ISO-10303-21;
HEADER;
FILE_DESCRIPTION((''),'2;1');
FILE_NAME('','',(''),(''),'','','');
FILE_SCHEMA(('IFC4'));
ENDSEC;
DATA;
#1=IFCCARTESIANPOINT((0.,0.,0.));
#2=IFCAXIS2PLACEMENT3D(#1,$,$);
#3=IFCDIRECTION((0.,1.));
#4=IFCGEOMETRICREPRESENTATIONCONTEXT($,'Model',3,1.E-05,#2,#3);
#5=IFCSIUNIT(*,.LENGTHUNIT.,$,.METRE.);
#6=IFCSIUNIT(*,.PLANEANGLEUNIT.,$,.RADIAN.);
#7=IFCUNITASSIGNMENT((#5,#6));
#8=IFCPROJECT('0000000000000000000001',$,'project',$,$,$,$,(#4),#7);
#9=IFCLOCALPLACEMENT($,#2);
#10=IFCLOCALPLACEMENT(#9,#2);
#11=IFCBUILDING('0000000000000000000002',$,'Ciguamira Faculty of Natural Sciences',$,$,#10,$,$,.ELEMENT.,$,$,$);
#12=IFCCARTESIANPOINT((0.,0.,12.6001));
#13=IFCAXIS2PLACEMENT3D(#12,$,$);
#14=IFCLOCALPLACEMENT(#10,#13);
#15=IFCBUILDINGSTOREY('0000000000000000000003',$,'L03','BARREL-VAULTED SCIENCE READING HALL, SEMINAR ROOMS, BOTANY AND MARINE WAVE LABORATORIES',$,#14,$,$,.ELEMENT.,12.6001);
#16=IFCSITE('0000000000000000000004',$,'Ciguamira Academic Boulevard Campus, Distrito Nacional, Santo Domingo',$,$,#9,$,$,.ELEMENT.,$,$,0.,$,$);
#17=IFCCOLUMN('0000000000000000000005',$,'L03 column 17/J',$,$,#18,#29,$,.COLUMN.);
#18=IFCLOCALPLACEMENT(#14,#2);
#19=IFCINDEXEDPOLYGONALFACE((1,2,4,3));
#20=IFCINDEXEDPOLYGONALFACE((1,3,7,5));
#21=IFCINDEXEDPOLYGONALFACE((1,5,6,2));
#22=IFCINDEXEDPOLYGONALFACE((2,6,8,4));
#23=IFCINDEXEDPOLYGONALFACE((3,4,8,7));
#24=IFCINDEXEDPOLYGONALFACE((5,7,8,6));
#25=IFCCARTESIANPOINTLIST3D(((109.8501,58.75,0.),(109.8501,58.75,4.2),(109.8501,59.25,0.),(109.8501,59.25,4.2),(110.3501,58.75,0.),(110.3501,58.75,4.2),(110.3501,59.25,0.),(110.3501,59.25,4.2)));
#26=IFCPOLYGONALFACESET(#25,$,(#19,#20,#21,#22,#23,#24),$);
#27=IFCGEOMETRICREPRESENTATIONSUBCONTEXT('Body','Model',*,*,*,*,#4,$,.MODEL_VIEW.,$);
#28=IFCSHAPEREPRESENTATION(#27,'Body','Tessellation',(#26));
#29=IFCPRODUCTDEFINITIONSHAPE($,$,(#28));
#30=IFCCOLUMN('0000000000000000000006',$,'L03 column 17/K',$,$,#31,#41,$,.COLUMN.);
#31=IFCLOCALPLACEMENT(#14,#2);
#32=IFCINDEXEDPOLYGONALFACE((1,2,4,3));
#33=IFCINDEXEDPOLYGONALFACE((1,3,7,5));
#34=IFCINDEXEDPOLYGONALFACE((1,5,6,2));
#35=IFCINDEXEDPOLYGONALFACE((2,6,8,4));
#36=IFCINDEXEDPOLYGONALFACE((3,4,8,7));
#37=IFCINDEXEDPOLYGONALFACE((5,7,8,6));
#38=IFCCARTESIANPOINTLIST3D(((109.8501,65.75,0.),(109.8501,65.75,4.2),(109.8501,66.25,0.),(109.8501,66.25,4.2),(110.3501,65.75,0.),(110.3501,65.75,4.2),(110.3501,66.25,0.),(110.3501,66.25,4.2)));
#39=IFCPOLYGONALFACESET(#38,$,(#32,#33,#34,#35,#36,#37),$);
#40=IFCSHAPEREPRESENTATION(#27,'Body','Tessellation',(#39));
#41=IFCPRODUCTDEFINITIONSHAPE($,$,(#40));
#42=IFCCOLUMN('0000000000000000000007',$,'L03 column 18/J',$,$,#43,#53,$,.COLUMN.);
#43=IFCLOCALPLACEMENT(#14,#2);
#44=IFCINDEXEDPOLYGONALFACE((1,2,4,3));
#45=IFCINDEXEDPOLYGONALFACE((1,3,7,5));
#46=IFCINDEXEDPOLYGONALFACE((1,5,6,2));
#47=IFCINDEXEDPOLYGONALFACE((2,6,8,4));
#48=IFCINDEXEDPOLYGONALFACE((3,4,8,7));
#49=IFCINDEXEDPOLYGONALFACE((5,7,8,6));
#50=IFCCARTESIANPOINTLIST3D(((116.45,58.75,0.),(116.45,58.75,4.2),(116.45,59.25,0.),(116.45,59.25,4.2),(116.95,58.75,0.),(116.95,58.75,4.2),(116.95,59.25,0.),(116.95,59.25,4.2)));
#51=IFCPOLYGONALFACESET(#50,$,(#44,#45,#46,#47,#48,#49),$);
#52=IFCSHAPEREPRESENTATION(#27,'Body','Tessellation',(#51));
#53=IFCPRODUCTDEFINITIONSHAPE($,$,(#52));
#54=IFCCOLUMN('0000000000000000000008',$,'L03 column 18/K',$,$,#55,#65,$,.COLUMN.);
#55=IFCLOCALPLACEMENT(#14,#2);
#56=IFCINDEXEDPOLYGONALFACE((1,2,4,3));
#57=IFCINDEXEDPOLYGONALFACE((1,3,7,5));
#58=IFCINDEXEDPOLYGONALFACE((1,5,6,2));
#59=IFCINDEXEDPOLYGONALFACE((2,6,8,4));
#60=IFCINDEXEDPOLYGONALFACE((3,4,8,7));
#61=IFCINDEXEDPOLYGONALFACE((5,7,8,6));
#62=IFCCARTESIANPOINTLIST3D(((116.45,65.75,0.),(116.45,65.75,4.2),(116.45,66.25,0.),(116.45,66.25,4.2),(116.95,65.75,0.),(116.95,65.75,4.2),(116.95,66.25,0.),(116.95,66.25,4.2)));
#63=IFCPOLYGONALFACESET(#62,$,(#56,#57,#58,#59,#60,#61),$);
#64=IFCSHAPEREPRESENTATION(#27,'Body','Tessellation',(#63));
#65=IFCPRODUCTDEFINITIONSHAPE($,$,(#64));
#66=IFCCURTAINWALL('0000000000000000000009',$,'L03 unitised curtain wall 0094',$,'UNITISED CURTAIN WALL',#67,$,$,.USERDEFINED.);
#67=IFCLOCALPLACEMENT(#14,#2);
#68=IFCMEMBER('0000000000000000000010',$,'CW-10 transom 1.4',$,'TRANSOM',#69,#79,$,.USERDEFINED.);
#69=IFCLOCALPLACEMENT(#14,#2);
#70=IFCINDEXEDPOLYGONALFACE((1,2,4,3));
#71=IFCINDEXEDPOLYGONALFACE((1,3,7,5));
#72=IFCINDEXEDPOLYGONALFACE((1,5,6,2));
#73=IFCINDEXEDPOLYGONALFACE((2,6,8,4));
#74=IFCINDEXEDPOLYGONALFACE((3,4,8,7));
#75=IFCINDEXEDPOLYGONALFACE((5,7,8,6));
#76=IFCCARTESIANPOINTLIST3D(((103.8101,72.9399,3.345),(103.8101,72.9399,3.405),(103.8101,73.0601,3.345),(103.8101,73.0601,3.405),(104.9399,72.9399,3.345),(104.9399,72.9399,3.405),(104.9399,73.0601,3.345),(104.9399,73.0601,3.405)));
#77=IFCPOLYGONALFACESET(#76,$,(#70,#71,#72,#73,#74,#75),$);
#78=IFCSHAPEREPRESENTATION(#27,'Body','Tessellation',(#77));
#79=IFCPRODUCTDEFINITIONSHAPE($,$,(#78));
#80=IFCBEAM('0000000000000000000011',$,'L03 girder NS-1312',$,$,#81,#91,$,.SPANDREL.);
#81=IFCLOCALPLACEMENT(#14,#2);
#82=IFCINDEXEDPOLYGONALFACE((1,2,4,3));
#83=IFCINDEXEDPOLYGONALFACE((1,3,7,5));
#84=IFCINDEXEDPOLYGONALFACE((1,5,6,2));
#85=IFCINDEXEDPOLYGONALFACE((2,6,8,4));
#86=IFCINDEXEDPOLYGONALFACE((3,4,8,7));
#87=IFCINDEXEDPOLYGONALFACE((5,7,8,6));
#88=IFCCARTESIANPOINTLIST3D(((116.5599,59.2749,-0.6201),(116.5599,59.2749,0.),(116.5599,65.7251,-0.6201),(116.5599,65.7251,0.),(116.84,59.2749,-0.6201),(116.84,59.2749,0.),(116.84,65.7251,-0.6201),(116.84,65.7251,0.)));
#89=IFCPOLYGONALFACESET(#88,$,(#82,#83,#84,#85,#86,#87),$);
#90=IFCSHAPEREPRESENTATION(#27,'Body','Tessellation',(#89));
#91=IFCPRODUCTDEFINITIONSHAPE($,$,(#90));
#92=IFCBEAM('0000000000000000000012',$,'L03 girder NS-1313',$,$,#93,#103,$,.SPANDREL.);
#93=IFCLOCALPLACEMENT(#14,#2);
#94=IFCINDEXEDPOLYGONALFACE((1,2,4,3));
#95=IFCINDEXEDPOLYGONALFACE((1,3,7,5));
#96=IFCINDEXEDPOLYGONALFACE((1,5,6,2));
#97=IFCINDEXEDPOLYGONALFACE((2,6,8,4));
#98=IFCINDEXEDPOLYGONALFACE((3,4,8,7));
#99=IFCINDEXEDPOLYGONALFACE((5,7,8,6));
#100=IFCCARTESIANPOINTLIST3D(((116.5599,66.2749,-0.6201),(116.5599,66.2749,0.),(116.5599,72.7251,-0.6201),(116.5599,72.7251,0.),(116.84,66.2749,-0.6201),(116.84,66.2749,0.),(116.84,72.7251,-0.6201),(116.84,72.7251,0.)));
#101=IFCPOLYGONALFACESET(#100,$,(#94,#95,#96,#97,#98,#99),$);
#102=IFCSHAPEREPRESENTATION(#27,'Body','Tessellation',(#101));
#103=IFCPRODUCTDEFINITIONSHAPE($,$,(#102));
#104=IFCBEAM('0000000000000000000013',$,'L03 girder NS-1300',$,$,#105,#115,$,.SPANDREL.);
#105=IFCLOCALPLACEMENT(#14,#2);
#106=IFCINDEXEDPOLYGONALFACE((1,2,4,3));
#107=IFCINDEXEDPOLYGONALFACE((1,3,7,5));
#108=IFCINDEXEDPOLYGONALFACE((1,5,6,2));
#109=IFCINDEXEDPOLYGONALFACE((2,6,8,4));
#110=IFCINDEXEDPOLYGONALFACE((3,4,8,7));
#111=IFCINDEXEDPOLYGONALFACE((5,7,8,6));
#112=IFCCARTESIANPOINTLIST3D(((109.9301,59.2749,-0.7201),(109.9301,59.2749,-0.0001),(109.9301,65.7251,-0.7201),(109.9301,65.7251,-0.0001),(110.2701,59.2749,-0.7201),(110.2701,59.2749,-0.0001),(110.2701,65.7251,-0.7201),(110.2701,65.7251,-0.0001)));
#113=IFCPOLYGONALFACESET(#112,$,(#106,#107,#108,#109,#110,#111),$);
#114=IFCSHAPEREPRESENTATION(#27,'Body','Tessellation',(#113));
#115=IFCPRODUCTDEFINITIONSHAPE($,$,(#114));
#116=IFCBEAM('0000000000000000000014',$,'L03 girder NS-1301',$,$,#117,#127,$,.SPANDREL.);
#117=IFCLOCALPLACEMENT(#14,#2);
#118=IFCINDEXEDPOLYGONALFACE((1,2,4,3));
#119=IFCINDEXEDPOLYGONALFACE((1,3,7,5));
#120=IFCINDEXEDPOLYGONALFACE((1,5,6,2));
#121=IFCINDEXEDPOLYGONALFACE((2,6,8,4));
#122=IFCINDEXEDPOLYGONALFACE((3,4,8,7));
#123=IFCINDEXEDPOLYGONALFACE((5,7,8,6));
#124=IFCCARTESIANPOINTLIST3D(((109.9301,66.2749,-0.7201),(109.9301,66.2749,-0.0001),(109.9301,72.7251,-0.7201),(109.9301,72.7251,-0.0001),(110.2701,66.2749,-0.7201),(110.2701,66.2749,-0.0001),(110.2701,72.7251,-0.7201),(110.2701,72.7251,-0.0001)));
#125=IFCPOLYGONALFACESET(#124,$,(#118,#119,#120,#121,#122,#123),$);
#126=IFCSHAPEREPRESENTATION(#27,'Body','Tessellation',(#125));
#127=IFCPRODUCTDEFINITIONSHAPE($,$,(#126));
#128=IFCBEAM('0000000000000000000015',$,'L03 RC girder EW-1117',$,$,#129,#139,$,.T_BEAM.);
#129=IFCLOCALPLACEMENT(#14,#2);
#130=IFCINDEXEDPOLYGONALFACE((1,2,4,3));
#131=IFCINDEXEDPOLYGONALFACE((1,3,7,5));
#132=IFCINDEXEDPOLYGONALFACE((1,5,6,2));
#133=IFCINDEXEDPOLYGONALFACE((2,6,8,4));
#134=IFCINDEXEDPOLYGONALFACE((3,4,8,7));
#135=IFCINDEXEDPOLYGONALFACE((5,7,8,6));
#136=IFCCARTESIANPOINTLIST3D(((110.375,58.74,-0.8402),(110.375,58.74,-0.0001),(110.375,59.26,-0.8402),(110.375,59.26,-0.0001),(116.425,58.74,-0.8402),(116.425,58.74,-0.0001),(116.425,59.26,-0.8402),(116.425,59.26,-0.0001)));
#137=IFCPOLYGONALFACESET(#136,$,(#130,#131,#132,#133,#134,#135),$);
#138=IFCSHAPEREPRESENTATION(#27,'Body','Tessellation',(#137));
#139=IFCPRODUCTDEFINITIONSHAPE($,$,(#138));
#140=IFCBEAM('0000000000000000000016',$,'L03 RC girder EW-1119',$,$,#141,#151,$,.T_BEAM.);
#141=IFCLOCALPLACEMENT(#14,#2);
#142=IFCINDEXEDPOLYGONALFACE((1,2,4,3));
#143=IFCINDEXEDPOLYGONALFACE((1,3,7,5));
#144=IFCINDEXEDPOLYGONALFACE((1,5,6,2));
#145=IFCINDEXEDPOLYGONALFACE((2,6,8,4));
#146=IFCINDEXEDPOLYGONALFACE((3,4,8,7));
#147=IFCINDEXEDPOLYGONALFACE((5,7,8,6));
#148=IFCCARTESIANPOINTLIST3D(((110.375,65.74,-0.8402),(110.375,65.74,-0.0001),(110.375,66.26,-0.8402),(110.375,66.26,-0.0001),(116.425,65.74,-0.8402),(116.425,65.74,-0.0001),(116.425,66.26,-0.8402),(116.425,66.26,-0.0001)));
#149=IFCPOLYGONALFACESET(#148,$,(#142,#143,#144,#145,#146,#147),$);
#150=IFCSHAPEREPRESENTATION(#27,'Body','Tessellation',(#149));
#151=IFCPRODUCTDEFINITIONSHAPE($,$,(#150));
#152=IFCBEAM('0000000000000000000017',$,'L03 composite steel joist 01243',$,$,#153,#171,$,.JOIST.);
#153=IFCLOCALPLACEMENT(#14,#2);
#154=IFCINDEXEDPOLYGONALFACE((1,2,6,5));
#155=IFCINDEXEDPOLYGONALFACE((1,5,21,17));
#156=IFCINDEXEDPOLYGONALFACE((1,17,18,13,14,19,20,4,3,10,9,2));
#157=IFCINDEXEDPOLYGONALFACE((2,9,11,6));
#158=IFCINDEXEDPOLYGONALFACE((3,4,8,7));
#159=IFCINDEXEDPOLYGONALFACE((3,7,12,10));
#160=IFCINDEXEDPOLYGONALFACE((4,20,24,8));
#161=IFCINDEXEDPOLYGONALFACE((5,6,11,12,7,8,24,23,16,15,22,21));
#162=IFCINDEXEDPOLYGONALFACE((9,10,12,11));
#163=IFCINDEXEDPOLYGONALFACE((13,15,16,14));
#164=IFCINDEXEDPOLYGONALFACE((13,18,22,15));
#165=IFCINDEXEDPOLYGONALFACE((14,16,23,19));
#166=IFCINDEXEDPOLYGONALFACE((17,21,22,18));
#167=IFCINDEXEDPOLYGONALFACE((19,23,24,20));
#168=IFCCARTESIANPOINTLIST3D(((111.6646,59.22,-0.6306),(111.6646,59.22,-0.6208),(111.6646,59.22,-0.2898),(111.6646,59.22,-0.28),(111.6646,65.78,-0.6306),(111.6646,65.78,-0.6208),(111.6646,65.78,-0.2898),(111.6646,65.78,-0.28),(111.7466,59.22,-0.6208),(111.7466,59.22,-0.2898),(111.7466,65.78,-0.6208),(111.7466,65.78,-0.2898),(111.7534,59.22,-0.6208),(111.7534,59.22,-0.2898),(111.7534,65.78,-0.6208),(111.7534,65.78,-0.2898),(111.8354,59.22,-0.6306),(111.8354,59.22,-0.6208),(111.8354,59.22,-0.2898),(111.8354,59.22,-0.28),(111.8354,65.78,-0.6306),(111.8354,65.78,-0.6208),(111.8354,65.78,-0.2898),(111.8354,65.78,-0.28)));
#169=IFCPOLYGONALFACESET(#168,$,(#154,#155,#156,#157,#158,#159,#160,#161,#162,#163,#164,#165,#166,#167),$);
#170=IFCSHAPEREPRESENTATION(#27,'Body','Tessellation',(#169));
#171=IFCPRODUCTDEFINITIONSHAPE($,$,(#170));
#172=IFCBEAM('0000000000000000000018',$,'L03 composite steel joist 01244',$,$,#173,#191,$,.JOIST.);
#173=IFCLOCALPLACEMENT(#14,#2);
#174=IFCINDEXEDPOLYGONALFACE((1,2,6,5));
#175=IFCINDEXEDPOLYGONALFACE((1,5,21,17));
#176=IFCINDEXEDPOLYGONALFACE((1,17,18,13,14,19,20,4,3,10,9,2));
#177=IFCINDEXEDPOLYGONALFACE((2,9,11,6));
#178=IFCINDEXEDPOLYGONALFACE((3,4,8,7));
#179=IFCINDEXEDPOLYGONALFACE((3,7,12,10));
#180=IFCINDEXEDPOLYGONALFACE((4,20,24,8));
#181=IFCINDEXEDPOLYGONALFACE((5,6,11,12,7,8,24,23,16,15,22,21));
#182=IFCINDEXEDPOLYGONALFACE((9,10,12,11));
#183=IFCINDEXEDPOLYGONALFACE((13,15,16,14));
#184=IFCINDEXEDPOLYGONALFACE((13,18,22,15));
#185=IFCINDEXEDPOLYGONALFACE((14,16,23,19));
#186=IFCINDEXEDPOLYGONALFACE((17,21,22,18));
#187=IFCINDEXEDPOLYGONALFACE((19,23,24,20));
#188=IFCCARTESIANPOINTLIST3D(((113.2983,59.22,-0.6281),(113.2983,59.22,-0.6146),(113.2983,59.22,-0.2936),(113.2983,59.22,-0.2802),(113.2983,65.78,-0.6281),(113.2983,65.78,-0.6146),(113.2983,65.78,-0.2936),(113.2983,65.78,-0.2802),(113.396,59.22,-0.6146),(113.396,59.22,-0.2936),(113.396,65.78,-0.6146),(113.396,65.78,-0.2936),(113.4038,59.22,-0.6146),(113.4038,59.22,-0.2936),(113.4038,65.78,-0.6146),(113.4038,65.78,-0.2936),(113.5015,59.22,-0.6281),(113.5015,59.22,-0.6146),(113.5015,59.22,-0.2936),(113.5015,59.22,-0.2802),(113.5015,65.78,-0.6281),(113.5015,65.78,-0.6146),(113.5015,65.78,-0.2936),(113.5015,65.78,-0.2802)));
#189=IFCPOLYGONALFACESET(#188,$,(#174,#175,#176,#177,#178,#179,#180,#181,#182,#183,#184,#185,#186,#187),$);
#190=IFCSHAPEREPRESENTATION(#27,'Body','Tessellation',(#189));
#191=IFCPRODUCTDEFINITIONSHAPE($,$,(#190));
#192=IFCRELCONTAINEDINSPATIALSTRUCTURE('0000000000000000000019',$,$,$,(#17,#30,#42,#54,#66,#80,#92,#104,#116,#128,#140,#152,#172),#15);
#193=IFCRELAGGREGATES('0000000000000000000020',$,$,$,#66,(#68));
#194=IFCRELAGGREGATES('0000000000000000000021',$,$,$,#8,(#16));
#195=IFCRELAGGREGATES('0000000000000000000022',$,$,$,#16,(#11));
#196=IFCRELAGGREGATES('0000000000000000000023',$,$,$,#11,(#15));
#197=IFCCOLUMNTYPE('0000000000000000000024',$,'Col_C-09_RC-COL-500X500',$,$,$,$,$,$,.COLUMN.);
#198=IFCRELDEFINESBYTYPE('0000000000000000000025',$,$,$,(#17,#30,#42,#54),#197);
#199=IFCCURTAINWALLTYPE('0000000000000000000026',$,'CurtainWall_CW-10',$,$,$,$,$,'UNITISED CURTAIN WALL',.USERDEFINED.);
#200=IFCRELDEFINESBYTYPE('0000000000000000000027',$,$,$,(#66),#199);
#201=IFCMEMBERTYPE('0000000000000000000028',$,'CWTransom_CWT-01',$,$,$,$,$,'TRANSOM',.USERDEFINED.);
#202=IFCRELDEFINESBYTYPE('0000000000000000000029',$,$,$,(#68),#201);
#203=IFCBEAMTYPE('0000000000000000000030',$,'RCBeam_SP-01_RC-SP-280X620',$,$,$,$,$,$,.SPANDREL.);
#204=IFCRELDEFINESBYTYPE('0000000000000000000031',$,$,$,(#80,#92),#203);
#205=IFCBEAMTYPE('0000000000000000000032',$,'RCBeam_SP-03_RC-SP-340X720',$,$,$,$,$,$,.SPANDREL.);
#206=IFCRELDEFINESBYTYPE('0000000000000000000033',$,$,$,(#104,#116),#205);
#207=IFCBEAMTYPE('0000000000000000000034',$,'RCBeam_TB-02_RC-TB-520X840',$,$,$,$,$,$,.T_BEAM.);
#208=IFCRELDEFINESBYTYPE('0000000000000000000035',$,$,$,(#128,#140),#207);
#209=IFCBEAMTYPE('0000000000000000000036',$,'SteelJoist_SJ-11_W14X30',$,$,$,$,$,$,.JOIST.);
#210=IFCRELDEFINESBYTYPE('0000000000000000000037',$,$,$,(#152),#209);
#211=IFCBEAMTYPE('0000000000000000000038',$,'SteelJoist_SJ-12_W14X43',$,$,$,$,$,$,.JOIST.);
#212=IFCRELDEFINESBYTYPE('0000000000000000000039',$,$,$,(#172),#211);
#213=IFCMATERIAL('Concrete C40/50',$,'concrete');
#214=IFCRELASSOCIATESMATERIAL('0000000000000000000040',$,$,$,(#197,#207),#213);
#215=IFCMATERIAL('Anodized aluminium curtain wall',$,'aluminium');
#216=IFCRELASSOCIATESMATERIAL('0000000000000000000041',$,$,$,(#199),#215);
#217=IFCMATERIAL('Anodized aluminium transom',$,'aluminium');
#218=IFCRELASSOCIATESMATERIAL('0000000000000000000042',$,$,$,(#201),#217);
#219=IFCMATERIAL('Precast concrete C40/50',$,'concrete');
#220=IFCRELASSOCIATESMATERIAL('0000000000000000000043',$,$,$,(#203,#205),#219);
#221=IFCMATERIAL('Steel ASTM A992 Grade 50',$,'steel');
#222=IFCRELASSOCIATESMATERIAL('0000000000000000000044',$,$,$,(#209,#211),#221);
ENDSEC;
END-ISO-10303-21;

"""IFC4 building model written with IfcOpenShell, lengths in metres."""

from ifc_helpers import new_model, si_unit, direction, frame, origin, origin_2d, place, context, subcontext, project, spatial, rectangle, i_section, extrude, material, material_profile, profile_set, type_object, element, aggregate, save


model = new_model("IFC4")

# Units and contexts
model_context = context("Model", 3, precision=1e-05, world=origin(), true_north=direction((0.0, 1.0)))
body_context = subcontext(model_context, "Body", "Model", "MODEL_VIEW")
ifc_project = project(units=[si_unit("LENGTHUNIT", "METRE"), si_unit("PLANEANGLEUNIT", "RADIAN")], contexts=[model_context])

# Site, building, storey
site_placement = place(None, origin())
site = spatial("IfcSite", under=ifc_project, at=site_placement, Name="Ciguamira Academic Boulevard Campus, Distrito Nacional, Santo Domingo", CompositionType="ELEMENT", RefElevation=0.0)
building_placement = place(site_placement, origin())
building = spatial("IfcBuilding", under=site, at=building_placement, Name="Ciguamira Faculty of Natural Sciences", CompositionType="ELEMENT")
storey_placement = place(building_placement, frame((0.0, 0.0, 12.6001)))
storey = spatial("IfcBuildingStorey", under=building, at=storey_placement, Name="L03", Description="BARREL-VAULTED SCIENCE READING HALL, SEMINAR ROOMS, BOTANY AND MARINE WAVE LABORATORIES", CompositionType="ELEMENT", Elevation=12.6001)

# Columns
ifc_material_1 = material(Name="Concrete C40/50", Category="concrete")
ifc_material_profile_1 = material_profile(ifc_material_1, rectangle(XDim=0.5, YDim=0.5, at=origin_2d()), Name="RC-COL-500X500")
ifc_profile_set_1 = profile_set([ifc_material_profile_1], Name="Concrete C40/50")
column_type = type_object("IfcColumnType", Name="Col_C-09_RC-COL-500X500", PredefinedType="COLUMN", material=ifc_profile_set_1)
for number, where, z_axis, x_axis, name in (
    (1, (110.1001, 59.0, 0.0), (0.0, 0.0, 1.0), (1.0, 0.0, 0.0), "L03 column 17/J"),
    (2, (110.1001, 66.0, 0.0), (0.0, 0.0, 1.0), (1.0, 0.0, 0.0), "L03 column 17/K"),
    (3, (116.7, 59.0, 0.0), (0.0, 0.0, 1.0), (1.0, 0.0, 0.0), "L03 column 18/J"),
    (4, (116.7, 66.0, 0.0), (0.0, 0.0, 1.0), (1.0, 0.0, 0.0), "L03 column 18/K"),
):
    element("IfcColumn", number, at=place(storey_placement, frame(where, z_axis=z_axis, x_axis=x_axis)), inside=storey, type_object=column_type, Name=name, PredefinedType="COLUMN", context=body_context, shape_type="SweptSolid", body=[
        extrude(rectangle(XDim=0.5, YDim=0.5, at=origin_2d()), origin(), (0.0, 0.0, 1.0), 4.2),
    ])

# Curtain wall, member
ifc_material_2 = material(Name="Anodized aluminium curtain wall", Category="aluminium")
curtain_wall_type = type_object("IfcCurtainWallType", Name="CurtainWall_CW-10", ElementType="UNITISED CURTAIN WALL", PredefinedType="USERDEFINED", material=ifc_material_2)
curtain_wall_placement = place(storey_placement, origin())
curtain_wall = element("IfcCurtainWall", 5, at=curtain_wall_placement, inside=storey, type_object=curtain_wall_type, Name="L03 unitised curtain wall 0094", ObjectType="UNITISED CURTAIN WALL", PredefinedType="USERDEFINED")
ifc_material_3 = material(Name="Anodized aluminium transom", Category="aluminium")
ifc_material_profile_2 = material_profile(ifc_material_3, rectangle(XDim=0.0601, YDim=0.1201, at=origin_2d()), Name="ALU-TRN-60X120")
ifc_profile_set_2 = profile_set([ifc_material_profile_2], Name="Anodized aluminium transom")
member_type = type_object("IfcMemberType", Name="CWTransom_CWT-01", ElementType="TRANSOM", PredefinedType="USERDEFINED", material=ifc_profile_set_2)
member_placement = place(storey_placement, frame((103.8101, 73.0, 3.375), z_axis=(1.0, 0.0, 0.0), x_axis=(0.0, 0.0, 1.0)))
member = element("IfcMember", 6, at=member_placement, type_object=member_type, Name="CW-10 transom 1.4", ObjectType="TRANSOM", PredefinedType="USERDEFINED", context=body_context, shape_type="SweptSolid", body=[
    extrude(rectangle(XDim=0.0601, YDim=0.1201, at=origin_2d()), origin(), (0.0, 0.0, 1.0), 1.1299),
])

# Beams
ifc_material_4 = material(Name="Precast concrete C40/50", Category="concrete")
ifc_material_profile_3 = material_profile(ifc_material_4, rectangle(XDim=0.28, YDim=0.6201, at=origin_2d()), Name="RC-SP-280X620")
ifc_profile_set_3 = profile_set([ifc_material_profile_3], Name="Precast concrete C40/50")
beam_type_1 = type_object("IfcBeamType", Name="RCBeam_SP-01_RC-SP-280X620", PredefinedType="SPANDREL", material=ifc_profile_set_3)
for number, where, z_axis, x_axis, name in (
    (7, (116.7, 59.2749, -0.3101), (0.0, 1.0, 0.0), (-1.0, 0.0, 0.0), "L03 girder NS-1312"),
    (8, (116.7, 66.2749, -0.3101), (0.0, 1.0, 0.0), (-1.0, 0.0, 0.0), "L03 girder NS-1313"),
):
    element("IfcBeam", number, at=place(storey_placement, frame(where, z_axis=z_axis, x_axis=x_axis)), inside=storey, type_object=beam_type_1, Name=name, PredefinedType="SPANDREL", context=body_context, shape_type="SweptSolid", body=[
        extrude(rectangle(XDim=0.28, YDim=0.6201, at=origin_2d()), origin(), (0.0, 0.0, 1.0), 6.4502),
    ])
ifc_material_profile_4 = material_profile(ifc_material_4, rectangle(XDim=0.3401, YDim=0.72, at=origin_2d()), Name="RC-SP-340X720")
ifc_profile_set_4 = profile_set([ifc_material_profile_4], Name="Precast concrete C40/50")
beam_type_2 = type_object("IfcBeamType", Name="RCBeam_SP-03_RC-SP-340X720", PredefinedType="SPANDREL", material=ifc_profile_set_4)
for number, where, z_axis, x_axis, name in (
    (9, (110.1001, 59.2749, -0.3601), (0.0, 1.0, 0.0), (-1.0, 0.0, 0.0), "L03 girder NS-1300"),
    (10, (110.1001, 66.2749, -0.3601), (0.0, 1.0, 0.0), (-1.0, 0.0, 0.0), "L03 girder NS-1301"),
):
    element("IfcBeam", number, at=place(storey_placement, frame(where, z_axis=z_axis, x_axis=x_axis)), inside=storey, type_object=beam_type_2, Name=name, PredefinedType="SPANDREL", context=body_context, shape_type="SweptSolid", body=[
        extrude(rectangle(XDim=0.3401, YDim=0.72, at=origin_2d()), origin(), (0.0, 0.0, 1.0), 6.4502),
    ])
ifc_material_profile_5 = material_profile(ifc_material_1, rectangle(XDim=0.52, YDim=0.8401, at=origin_2d()), Name="RC-TB-520X840")
ifc_profile_set_5 = profile_set([ifc_material_profile_5], Name="Concrete C40/50")
beam_type_3 = type_object("IfcBeamType", Name="RCBeam_TB-02_RC-TB-520X840", PredefinedType="T_BEAM", material=ifc_profile_set_5)
for number, where, z_axis, x_axis, name in (
    (11, (110.375, 59.0, -0.4202), (1.0, 0.0, 0.0), (0.0, 1.0, 0.0), "L03 RC girder EW-1117"),
    (12, (110.375, 66.0, -0.4202), (1.0, 0.0, 0.0), (0.0, 1.0, 0.0), "L03 RC girder EW-1119"),
):
    element("IfcBeam", number, at=place(storey_placement, frame(where, z_axis=z_axis, x_axis=x_axis)), inside=storey, type_object=beam_type_3, Name=name, PredefinedType="T_BEAM", context=body_context, shape_type="SweptSolid", body=[
        extrude(rectangle(XDim=0.52, YDim=0.8401, at=origin_2d()), origin(), (0.0, 0.0, 1.0), 6.05),
    ])
ifc_material_5 = material(Name="Steel ASTM A992 Grade 50", Category="steel")
ifc_material_profile_6 = material_profile(ifc_material_5, i_section(OverallWidth=0.1709, OverallDepth=0.3506, WebThickness=0.0068, FlangeThickness=0.0098, at=origin_2d()), Name="W14X30")
ifc_profile_set_6 = profile_set([ifc_material_profile_6], Name="Steel ASTM A992 Grade 50")
beam_type_4 = type_object("IfcBeamType", Name="SteelJoist_SJ-11_W14X30", PredefinedType="JOIST", material=ifc_profile_set_6)
beam_1_placement = place(storey_placement, frame((111.75, 59.22, -0.4553), z_axis=(0.0, 1.0, 0.0), x_axis=(-1.0, 0.0, 0.0)))
element("IfcBeam", 13, at=beam_1_placement, inside=storey, type_object=beam_type_4, Name="L03 composite steel joist 01243", PredefinedType="JOIST", context=body_context, shape_type="SweptSolid", body=[
    extrude(i_section(OverallWidth=0.1709, OverallDepth=0.3506, WebThickness=0.0068, FlangeThickness=0.0098, at=origin_2d()), origin(), (0.0, 0.0, 1.0), 6.5601),
])
ifc_material_profile_7 = material_profile(ifc_material_5, i_section(OverallWidth=0.2031, OverallDepth=0.3479, WebThickness=0.0078, FlangeThickness=0.0134, at=origin_2d()), Name="W14X43")
ifc_profile_set_7 = profile_set([ifc_material_profile_7], Name="Steel ASTM A992 Grade 50")
beam_type_5 = type_object("IfcBeamType", Name="SteelJoist_SJ-12_W14X43", PredefinedType="JOIST", material=ifc_profile_set_7)
beam_2_placement = place(storey_placement, frame((113.3999, 59.22, -0.4541), z_axis=(0.0, 1.0, 0.0), x_axis=(-1.0, 0.0, 0.0)))
element("IfcBeam", 14, at=beam_2_placement, inside=storey, type_object=beam_type_5, Name="L03 composite steel joist 01244", PredefinedType="JOIST", context=body_context, shape_type="SweptSolid", body=[
    extrude(i_section(OverallWidth=0.2031, OverallDepth=0.3479, WebThickness=0.0078, FlangeThickness=0.0134, at=origin_2d()), origin(), (0.0, 0.0, 1.0), 6.5601),
])

aggregate(curtain_wall, [member])

save(model, "model.ifc")
